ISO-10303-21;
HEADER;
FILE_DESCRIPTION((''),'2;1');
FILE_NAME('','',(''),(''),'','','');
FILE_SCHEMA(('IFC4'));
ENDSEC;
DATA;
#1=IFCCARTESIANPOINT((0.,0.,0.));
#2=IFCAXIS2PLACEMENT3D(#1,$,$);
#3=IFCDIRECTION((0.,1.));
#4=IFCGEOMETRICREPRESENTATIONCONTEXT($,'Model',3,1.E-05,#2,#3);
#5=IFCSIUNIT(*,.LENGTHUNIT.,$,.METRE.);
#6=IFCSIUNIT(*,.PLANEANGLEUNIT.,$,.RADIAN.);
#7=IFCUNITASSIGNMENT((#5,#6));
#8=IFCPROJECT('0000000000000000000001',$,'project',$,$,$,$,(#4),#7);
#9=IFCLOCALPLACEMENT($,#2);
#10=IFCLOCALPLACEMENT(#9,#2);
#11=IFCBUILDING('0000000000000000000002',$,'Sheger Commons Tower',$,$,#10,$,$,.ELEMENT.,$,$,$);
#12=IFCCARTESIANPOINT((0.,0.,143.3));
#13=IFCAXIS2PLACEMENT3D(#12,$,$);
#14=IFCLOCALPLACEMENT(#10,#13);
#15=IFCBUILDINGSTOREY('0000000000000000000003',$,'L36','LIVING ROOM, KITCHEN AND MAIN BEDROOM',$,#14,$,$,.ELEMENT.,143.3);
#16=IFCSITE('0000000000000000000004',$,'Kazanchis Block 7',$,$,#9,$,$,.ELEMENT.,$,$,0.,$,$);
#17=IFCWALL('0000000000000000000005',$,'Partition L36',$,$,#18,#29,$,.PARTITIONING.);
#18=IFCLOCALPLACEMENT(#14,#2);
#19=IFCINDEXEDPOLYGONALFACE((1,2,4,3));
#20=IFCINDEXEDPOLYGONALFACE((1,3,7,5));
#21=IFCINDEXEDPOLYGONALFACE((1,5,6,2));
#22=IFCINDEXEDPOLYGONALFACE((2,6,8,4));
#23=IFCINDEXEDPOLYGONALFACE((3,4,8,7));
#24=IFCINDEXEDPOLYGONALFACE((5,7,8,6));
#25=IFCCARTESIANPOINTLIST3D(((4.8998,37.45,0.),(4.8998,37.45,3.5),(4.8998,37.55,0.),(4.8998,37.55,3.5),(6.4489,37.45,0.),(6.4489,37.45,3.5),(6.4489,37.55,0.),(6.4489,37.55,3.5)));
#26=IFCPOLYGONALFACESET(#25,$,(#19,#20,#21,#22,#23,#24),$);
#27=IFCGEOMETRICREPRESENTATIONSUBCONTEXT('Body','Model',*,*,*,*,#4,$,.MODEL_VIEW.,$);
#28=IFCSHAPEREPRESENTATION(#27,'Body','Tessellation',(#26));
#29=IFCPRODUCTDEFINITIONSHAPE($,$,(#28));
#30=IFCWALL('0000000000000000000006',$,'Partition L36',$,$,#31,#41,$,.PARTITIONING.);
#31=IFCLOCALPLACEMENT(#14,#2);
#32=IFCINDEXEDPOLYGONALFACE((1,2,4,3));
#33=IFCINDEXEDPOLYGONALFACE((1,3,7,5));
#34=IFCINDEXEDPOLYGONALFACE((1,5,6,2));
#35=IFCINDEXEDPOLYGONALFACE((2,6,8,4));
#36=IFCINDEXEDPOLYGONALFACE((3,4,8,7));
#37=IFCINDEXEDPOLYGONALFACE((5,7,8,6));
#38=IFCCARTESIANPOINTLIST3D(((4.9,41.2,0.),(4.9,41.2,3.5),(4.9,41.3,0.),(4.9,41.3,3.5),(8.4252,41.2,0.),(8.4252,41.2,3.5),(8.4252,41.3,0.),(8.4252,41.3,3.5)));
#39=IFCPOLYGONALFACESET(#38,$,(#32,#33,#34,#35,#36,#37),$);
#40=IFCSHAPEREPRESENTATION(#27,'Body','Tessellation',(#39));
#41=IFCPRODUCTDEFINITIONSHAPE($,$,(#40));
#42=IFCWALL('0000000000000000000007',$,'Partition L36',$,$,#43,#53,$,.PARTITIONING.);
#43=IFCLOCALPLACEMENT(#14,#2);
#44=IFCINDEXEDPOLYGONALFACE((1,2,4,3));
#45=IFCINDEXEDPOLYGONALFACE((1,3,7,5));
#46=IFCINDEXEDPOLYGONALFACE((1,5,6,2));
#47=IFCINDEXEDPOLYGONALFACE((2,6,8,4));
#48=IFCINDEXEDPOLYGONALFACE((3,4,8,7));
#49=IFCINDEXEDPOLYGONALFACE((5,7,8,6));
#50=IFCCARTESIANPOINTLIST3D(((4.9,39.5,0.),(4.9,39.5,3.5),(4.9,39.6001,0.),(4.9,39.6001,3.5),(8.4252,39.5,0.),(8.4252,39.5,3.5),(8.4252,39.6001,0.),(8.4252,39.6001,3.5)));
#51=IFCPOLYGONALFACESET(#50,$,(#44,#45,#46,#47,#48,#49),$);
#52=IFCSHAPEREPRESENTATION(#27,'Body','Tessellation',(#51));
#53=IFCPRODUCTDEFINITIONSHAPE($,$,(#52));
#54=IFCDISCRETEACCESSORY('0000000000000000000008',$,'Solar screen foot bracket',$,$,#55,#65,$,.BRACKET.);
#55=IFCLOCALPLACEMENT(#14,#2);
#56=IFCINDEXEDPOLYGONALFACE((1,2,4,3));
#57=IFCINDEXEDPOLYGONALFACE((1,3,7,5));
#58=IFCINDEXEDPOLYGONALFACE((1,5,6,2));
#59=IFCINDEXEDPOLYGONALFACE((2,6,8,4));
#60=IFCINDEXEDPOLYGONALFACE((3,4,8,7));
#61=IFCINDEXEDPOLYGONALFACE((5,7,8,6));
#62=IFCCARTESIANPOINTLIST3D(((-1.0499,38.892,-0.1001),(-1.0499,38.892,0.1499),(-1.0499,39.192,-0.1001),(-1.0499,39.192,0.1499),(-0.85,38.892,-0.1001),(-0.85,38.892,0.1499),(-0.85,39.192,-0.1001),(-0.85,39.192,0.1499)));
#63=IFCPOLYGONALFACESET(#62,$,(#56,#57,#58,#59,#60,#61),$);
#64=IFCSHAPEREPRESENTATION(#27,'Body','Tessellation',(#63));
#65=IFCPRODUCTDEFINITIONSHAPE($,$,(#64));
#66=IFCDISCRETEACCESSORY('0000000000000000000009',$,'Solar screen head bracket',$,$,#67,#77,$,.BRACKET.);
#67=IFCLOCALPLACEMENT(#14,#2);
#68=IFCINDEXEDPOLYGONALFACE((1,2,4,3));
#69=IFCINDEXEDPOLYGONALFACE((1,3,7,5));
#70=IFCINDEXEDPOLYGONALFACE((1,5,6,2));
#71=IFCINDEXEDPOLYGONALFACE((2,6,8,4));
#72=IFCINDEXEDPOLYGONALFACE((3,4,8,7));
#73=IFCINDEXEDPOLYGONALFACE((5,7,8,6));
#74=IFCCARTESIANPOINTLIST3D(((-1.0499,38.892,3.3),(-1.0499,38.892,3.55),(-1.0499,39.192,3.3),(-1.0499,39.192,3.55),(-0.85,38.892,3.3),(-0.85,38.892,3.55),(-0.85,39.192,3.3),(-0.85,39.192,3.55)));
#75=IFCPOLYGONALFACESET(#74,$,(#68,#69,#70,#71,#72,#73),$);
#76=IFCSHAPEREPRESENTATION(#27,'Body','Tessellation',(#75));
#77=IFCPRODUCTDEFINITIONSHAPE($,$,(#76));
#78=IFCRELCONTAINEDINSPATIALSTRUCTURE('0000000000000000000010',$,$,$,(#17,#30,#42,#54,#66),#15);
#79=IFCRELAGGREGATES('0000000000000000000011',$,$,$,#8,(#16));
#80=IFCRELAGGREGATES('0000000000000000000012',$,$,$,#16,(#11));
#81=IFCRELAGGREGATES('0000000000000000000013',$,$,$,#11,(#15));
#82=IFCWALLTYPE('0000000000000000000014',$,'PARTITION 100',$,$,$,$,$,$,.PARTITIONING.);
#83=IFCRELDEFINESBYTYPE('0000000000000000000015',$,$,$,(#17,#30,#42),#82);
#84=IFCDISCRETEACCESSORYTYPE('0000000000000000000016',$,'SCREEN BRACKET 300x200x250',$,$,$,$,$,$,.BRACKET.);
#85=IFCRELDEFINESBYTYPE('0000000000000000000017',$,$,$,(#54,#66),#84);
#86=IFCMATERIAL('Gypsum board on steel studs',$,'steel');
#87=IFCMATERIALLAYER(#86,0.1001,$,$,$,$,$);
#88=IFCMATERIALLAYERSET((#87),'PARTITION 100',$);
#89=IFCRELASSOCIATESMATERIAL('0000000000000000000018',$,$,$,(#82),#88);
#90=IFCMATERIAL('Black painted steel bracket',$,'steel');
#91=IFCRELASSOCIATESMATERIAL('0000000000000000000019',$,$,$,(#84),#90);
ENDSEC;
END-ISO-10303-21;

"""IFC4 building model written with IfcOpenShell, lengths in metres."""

from ifc_helpers import new_model, si_unit, direction, frame, frame_2d, origin, origin_2d, place, context, subcontext, project, spatial, rectangle, extrude, material, layer, layer_set, type_object, element, save


model = new_model("IFC4")

# Units and contexts
model_context = context("Model", 3, precision=1e-05, world=origin(), true_north=direction((0.0, 1.0)))
body_context = subcontext(model_context, "Body", "Model", "MODEL_VIEW")
ifc_project = project(units=[si_unit("LENGTHUNIT", "METRE"), si_unit("PLANEANGLEUNIT", "RADIAN")], contexts=[model_context])

# Site, building, storey
site_placement = place(None, origin())
site = spatial("IfcSite", under=ifc_project, at=site_placement, Name="Kazanchis Block 7", CompositionType="ELEMENT", RefElevation=0.0)
building_placement = place(site_placement, origin())
building = spatial("IfcBuilding", under=site, at=building_placement, Name="Sheger Commons Tower", CompositionType="ELEMENT")
storey_placement = place(building_placement, frame((0.0, 0.0, 143.3)))
storey = spatial("IfcBuildingStorey", under=building, at=storey_placement, Name="L36", Description="LIVING ROOM, KITCHEN AND MAIN BEDROOM", CompositionType="ELEMENT", Elevation=143.3)

# Shared definitions
ifc_material_1 = material(Name="Gypsum board on steel studs", Category="steel")
ifc_layer_1 = layer(ifc_material_1, 0.1001)
ifc_layer_set_1 = layer_set([ifc_layer_1], Name="PARTITION 100")
wall_type = type_object("IfcWallType", Name="PARTITION 100", PredefinedType="PARTITIONING", material=ifc_layer_set_1)

# Walls
wall_1_placement = place(storey_placement, frame((4.8999, 37.5, 0.0), z_axis=(0.0, 0.0, 1.0), x_axis=(1.0, 0.0, 0.0)))
element("IfcWall", 1, at=wall_1_placement, inside=storey, type_object=wall_type, Name="Partition L36", PredefinedType="PARTITIONING", context=body_context, shape_type="SweptSolid", body=[
    extrude(rectangle(XDim=1.5491, YDim=0.1001, at=frame_2d((0.7744, 0.0))), origin(), (0.0, 0.0, 1.0), 3.5),
])
for number, where, z_axis, x_axis, name in (
    (2, (4.8999, 41.25, 0.0), (0.0, 0.0, 1.0), (1.0, 0.0, 0.0), "Partition L36"),
    (3, (4.8999, 39.55, 0.0), (0.0, 0.0, 1.0), (1.0, 0.0, 0.0), "Partition L36"),
):
    element("IfcWall", number, at=place(storey_placement, frame(where, z_axis=z_axis, x_axis=x_axis)), inside=storey, type_object=wall_type, Name=name, PredefinedType="PARTITIONING", context=body_context, shape_type="SweptSolid", body=[
        extrude(rectangle(XDim=3.5251, YDim=0.1001, at=frame_2d((1.7627, 0.0))), origin(), (0.0, 0.0, 1.0), 3.5),
    ])

# Discrete accessories
ifc_material_2 = material(Name="Black painted steel bracket", Category="steel")
discrete_accessory_type = type_object("IfcDiscreteAccessoryType", Name="SCREEN BRACKET 300x200x250", PredefinedType="BRACKET", material=ifc_material_2)
for number, where, z_axis, x_axis, name in (
    (4, (-0.95, 39.042, -0.1001), (0.0, 0.0, 1.0), (0.0, -1.0, 0.0), "Solar screen foot bracket"),
    (5, (-0.95, 39.042, 3.3), (0.0, 0.0, 1.0), (0.0, -1.0, 0.0), "Solar screen head bracket"),
):
    element("IfcDiscreteAccessory", number, at=place(storey_placement, frame(where, z_axis=z_axis, x_axis=x_axis)), inside=storey, type_object=discrete_accessory_type, Name=name, PredefinedType="BRACKET", context=body_context, shape_type="SweptSolid", body=[
        extrude(rectangle(XDim=0.3, YDim=0.2, at=origin_2d()), origin(), (0.0, 0.0, 1.0), 0.25),
    ])

save(model, "model.ifc")
